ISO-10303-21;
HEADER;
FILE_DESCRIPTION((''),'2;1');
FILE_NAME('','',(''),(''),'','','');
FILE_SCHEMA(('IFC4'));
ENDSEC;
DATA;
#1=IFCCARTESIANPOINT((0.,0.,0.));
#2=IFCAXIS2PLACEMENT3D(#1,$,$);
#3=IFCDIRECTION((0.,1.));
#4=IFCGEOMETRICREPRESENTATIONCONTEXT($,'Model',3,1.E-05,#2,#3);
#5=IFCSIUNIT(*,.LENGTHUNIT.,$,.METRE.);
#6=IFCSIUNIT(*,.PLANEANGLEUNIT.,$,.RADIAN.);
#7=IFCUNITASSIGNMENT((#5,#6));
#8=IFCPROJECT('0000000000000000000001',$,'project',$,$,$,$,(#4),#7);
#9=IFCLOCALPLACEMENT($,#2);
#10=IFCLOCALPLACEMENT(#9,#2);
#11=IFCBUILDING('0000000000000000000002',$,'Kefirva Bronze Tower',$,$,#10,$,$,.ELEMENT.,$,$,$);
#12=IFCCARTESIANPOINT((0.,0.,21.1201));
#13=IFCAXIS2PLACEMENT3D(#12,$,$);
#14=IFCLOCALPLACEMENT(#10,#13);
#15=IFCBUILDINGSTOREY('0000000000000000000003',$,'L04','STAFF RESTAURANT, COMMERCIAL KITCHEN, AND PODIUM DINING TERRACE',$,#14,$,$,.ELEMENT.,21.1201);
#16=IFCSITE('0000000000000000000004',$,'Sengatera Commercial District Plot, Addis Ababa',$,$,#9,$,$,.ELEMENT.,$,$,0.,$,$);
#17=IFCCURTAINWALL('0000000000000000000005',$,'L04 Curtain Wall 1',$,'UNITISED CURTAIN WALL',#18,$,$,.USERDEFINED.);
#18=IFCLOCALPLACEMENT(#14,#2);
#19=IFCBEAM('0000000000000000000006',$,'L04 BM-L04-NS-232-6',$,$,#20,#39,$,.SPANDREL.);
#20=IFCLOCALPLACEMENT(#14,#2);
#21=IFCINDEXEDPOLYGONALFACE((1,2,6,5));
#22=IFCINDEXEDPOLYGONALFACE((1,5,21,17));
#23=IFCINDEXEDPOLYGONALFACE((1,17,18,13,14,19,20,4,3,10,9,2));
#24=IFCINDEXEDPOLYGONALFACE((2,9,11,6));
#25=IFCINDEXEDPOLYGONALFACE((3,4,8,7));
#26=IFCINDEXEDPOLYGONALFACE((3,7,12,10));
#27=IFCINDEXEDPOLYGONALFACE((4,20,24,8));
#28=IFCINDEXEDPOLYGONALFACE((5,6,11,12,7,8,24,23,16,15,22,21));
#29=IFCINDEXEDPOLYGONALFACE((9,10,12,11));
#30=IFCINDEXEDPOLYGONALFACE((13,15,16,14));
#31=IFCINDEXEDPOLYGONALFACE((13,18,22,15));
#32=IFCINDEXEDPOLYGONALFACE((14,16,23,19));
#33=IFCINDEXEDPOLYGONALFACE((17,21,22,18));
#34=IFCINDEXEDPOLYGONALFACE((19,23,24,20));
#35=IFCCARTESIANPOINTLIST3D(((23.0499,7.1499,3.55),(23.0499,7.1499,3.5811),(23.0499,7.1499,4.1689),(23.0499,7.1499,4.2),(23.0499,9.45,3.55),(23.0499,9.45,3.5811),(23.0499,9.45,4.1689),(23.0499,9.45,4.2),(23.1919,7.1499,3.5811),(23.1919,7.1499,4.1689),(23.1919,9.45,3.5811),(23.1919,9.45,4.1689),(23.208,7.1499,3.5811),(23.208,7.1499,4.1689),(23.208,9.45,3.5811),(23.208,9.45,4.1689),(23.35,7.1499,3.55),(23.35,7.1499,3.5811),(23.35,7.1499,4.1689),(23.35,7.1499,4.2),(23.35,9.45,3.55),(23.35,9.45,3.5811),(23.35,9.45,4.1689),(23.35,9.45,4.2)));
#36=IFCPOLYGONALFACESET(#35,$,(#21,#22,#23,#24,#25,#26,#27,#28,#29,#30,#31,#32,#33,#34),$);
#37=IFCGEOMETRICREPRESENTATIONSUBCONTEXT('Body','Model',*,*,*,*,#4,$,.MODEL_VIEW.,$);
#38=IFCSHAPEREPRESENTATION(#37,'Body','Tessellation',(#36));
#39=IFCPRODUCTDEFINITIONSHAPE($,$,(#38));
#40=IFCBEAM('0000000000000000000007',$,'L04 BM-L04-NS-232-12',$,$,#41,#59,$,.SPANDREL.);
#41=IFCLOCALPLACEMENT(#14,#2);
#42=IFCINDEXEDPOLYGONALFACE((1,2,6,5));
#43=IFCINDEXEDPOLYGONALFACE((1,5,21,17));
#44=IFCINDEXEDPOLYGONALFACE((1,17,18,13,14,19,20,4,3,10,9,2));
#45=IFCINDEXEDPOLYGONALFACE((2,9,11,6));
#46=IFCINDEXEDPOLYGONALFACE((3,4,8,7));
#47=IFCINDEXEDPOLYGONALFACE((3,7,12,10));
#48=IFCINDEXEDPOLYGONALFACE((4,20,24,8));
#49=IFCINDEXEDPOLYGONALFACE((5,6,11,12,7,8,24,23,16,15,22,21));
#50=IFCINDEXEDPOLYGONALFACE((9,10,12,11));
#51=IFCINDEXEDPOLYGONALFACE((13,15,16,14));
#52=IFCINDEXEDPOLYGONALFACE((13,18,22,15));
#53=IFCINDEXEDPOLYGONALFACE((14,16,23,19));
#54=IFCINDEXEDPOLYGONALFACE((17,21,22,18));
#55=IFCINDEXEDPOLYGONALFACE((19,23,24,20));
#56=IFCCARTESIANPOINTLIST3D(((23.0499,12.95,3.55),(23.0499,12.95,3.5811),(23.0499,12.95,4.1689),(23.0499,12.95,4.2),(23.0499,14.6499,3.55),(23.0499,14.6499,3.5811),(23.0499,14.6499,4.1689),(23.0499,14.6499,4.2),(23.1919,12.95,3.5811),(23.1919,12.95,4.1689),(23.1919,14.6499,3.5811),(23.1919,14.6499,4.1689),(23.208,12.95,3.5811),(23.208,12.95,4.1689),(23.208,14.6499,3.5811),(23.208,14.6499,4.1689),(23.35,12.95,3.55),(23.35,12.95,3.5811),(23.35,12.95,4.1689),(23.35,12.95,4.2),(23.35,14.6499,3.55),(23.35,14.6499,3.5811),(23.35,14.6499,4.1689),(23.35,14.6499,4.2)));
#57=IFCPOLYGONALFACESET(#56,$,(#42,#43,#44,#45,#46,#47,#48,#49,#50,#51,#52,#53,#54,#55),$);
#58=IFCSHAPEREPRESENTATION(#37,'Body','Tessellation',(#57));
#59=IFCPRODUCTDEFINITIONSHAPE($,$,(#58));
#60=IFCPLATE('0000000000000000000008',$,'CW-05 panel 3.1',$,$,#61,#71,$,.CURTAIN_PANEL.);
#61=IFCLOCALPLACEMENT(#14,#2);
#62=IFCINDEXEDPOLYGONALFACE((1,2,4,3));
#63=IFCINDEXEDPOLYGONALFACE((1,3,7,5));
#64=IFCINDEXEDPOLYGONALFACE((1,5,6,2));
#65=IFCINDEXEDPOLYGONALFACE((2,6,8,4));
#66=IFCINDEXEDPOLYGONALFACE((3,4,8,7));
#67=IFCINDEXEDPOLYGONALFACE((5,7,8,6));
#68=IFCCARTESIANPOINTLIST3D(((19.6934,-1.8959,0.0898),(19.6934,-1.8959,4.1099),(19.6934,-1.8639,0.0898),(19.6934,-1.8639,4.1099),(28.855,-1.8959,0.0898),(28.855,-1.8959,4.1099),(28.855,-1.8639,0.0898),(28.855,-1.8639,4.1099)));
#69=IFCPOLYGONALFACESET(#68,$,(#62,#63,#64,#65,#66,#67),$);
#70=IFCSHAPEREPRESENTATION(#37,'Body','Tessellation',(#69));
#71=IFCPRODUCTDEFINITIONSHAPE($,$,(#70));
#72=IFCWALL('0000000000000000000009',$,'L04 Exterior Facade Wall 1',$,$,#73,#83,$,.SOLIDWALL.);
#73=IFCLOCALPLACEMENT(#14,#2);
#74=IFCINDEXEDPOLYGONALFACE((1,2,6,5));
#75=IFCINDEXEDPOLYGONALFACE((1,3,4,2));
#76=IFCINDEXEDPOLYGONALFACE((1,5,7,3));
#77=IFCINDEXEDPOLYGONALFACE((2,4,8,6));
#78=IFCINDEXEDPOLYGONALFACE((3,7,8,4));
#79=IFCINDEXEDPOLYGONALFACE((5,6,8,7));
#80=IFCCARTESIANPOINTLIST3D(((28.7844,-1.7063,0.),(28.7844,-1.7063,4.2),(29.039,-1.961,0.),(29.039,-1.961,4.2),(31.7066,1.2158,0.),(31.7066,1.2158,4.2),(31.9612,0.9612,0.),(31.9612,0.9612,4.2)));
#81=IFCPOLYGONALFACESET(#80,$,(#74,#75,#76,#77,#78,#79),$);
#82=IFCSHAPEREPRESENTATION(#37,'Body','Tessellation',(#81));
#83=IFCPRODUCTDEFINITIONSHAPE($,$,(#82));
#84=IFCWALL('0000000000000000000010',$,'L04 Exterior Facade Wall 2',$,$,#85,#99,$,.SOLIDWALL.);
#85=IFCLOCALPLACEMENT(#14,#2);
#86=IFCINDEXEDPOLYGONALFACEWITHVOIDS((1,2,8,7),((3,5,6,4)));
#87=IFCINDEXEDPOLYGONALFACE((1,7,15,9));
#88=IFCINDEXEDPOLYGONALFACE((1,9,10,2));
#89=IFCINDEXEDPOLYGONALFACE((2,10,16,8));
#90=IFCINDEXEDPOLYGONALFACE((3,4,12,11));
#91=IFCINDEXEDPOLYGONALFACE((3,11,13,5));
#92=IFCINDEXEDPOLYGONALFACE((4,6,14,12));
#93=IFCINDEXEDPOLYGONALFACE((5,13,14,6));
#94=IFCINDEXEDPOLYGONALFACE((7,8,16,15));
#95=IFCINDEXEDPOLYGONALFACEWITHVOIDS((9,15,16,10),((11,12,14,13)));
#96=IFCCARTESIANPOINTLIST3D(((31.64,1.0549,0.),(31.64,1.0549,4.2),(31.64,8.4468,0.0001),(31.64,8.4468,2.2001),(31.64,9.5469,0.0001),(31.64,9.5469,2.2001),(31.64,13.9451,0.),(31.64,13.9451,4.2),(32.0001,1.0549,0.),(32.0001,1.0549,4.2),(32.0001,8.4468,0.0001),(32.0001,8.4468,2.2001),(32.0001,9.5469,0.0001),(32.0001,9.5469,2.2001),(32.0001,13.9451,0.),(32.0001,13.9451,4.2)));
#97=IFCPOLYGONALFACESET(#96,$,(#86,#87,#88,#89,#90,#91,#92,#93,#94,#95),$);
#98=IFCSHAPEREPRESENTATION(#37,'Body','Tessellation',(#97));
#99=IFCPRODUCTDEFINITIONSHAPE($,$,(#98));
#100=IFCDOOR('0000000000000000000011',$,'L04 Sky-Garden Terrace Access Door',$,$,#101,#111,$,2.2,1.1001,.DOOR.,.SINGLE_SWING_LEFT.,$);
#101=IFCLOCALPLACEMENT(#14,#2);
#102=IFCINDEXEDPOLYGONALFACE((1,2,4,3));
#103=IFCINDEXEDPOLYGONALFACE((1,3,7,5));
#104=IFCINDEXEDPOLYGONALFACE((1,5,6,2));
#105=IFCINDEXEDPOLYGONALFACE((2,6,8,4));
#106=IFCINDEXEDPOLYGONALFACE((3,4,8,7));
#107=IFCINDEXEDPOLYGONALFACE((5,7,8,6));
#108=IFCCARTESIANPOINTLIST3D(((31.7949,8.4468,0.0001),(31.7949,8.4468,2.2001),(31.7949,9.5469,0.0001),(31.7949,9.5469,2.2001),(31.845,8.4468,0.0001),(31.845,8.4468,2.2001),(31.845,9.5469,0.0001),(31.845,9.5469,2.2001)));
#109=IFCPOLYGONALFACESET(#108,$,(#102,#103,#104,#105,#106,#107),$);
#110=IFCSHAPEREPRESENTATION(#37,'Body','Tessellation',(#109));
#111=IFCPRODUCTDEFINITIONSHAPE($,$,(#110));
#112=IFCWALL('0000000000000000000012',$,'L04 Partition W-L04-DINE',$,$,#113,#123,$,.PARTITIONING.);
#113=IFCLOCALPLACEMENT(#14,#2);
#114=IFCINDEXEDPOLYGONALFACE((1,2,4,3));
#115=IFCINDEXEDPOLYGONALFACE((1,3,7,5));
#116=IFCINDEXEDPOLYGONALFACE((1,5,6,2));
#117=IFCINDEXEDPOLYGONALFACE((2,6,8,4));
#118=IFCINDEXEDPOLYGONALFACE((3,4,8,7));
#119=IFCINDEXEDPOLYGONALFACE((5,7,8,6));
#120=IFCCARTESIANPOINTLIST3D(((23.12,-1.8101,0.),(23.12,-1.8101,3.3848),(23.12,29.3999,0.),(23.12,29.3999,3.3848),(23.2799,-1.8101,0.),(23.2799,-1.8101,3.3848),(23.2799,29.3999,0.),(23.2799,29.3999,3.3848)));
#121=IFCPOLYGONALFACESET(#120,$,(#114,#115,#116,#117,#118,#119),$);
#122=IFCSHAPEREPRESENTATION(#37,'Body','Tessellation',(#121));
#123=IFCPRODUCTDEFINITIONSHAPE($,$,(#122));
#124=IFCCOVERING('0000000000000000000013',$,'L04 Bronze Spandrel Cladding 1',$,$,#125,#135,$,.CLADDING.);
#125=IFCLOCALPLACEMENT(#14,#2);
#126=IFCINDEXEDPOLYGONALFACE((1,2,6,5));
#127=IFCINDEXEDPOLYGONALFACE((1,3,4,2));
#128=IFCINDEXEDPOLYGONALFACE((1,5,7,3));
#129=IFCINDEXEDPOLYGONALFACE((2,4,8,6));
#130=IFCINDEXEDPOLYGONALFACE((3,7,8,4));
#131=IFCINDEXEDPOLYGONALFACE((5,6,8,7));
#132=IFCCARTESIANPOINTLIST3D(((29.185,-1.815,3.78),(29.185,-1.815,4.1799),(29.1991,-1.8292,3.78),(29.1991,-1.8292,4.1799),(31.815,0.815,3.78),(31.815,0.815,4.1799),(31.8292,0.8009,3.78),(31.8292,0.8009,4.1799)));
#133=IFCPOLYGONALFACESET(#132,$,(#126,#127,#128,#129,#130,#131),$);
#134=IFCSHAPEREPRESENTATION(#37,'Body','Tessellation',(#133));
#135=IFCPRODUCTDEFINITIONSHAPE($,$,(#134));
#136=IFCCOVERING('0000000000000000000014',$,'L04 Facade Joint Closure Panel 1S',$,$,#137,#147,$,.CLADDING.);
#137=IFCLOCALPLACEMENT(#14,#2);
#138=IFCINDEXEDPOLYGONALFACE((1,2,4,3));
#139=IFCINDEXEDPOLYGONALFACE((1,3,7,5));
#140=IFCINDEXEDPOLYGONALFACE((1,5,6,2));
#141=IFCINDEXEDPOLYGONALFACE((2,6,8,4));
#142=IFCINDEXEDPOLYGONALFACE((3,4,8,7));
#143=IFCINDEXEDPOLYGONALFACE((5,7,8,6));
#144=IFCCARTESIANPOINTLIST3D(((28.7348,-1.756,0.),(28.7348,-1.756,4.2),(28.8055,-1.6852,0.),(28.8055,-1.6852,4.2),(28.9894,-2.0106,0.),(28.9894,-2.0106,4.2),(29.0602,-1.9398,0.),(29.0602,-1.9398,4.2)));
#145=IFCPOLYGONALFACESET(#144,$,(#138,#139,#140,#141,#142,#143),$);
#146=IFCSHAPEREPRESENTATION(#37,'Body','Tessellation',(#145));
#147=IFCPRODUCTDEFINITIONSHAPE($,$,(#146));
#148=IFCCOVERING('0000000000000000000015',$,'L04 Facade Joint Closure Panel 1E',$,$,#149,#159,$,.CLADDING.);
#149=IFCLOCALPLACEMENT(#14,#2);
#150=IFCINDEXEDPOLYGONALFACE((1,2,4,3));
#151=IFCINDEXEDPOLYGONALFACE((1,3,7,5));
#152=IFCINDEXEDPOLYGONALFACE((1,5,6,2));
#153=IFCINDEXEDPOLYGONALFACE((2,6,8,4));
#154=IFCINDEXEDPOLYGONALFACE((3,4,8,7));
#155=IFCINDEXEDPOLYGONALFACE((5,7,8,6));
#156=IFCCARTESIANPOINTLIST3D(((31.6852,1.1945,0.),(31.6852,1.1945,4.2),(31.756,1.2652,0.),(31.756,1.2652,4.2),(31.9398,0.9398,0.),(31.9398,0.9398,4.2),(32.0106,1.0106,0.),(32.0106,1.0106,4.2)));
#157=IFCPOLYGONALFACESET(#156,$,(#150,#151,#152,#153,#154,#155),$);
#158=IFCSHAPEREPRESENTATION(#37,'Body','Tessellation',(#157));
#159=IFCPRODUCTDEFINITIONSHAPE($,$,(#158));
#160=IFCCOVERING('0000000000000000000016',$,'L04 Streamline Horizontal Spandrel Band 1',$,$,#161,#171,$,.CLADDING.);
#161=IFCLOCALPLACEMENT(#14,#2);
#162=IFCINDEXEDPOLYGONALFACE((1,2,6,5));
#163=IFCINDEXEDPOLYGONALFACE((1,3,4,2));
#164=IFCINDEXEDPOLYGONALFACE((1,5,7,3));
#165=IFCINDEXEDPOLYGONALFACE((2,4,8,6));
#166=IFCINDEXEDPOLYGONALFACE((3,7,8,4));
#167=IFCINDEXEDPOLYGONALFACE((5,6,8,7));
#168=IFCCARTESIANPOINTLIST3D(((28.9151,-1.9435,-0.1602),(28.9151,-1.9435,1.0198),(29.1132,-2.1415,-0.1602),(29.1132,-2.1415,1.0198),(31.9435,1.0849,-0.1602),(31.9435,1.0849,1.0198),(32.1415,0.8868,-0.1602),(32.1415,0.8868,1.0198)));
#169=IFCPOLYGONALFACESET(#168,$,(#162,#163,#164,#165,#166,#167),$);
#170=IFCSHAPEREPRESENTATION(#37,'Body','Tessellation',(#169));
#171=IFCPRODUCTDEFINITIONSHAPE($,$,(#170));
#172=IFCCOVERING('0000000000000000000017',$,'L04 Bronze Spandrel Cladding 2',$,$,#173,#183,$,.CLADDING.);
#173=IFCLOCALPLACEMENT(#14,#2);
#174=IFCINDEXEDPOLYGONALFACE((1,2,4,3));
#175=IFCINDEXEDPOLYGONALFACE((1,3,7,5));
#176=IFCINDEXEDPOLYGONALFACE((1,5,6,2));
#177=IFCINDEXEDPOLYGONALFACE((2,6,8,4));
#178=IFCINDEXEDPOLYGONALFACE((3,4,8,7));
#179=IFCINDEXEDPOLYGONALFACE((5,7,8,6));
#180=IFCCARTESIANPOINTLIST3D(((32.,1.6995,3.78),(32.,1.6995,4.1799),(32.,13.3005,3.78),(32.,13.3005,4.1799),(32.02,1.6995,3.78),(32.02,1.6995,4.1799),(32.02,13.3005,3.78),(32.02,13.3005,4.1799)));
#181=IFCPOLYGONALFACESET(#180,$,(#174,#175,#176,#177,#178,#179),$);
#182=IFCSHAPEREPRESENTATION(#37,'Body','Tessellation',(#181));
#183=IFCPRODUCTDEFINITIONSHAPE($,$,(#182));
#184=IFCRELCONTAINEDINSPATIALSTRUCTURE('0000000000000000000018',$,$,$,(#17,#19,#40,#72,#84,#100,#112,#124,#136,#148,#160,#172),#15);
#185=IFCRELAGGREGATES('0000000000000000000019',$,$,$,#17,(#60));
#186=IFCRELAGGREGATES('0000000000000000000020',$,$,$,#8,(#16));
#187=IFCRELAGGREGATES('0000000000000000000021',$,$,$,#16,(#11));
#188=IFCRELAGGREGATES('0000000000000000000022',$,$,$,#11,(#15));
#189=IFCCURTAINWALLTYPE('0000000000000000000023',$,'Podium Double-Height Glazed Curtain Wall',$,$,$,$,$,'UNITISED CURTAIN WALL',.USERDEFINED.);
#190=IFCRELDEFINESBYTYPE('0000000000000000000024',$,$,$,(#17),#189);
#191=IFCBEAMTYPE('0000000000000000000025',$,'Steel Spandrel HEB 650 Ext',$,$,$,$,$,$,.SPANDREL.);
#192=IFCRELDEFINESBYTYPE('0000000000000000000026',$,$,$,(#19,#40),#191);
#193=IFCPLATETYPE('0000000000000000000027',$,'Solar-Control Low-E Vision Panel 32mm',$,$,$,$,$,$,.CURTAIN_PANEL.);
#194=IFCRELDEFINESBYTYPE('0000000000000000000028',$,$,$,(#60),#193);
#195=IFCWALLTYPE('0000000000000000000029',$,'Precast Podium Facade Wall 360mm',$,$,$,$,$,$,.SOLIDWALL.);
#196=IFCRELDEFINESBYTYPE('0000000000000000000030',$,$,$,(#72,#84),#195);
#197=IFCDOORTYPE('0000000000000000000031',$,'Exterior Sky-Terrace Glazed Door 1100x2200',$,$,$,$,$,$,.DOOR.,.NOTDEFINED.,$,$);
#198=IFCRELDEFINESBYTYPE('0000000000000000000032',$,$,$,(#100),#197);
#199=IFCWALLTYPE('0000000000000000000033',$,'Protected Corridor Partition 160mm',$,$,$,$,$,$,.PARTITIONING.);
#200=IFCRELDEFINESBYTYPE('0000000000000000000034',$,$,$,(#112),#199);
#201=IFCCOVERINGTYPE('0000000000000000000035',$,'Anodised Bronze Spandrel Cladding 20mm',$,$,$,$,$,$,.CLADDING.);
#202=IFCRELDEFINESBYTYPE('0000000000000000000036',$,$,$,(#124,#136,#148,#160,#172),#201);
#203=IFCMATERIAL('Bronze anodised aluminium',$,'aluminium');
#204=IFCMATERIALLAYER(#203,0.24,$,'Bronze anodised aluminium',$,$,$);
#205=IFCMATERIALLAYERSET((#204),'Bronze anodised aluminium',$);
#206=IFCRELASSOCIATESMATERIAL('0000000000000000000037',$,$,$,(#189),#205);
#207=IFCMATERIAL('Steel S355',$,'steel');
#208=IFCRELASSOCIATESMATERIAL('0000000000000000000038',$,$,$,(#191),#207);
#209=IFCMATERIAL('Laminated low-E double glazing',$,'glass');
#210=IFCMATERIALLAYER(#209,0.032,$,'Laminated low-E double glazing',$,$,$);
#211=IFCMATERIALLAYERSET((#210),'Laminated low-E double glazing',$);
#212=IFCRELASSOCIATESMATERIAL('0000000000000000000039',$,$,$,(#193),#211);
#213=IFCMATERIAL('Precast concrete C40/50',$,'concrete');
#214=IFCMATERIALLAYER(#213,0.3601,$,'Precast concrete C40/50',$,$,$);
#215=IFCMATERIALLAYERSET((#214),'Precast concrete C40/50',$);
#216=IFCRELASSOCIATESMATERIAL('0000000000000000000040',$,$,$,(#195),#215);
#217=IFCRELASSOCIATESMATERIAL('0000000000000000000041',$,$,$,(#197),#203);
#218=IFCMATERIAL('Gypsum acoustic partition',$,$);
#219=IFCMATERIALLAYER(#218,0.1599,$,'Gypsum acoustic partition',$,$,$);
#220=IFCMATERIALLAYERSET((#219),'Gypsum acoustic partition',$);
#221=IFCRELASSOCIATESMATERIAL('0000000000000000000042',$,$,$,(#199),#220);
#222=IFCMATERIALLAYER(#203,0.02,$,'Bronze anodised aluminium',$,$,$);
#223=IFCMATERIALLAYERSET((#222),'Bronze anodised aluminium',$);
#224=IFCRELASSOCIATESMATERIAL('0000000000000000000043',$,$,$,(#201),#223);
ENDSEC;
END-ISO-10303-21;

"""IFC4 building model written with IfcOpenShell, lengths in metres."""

from ifc_helpers import new_model, si_unit, direction, frame, frame_2d, origin, origin_2d, place, context, subcontext, project, spatial, rectangle, i_section, extrude, material, layer, layer_set, material_profile, profile_set, type_object, element, fill, aggregate, save


model = new_model("IFC4")

# Units and contexts
model_context = context("Model", 3, precision=1e-05, world=origin(), true_north=direction((0.0, 1.0)))
body_context = subcontext(model_context, "Body", "Model", "MODEL_VIEW")
ifc_project = project(units=[si_unit("LENGTHUNIT", "METRE"), si_unit("PLANEANGLEUNIT", "RADIAN")], contexts=[model_context])

# Site, building, storey
site_placement = place(None, origin())
site = spatial("IfcSite", under=ifc_project, at=site_placement, Name="Sengatera Commercial District Plot, Addis Ababa", CompositionType="ELEMENT", RefElevation=0.0)
building_placement = place(site_placement, origin())
building = spatial("IfcBuilding", under=site, at=building_placement, Name="Kefirva Bronze Tower", CompositionType="ELEMENT")
storey_placement = place(building_placement, frame((0.0, 0.0, 21.1201)))
storey = spatial("IfcBuildingStorey", under=building, at=storey_placement, Name="L04", Description="STAFF RESTAURANT, COMMERCIAL KITCHEN, AND PODIUM DINING TERRACE", CompositionType="ELEMENT", Elevation=21.1201)

# Curtain wall
ifc_material_1 = material(Name="Bronze anodised aluminium", Category="aluminium")
ifc_layer_1 = layer(ifc_material_1, 0.24, Name="Bronze anodised aluminium")
ifc_layer_set_1 = layer_set([ifc_layer_1], Name="Bronze anodised aluminium")
curtain_wall_type = type_object("IfcCurtainWallType", Name="Podium Double-Height Glazed Curtain Wall", ElementType="UNITISED CURTAIN WALL", PredefinedType="USERDEFINED", material=ifc_layer_set_1)
curtain_wall_placement = place(storey_placement, origin())
curtain_wall = element("IfcCurtainWall", 1, at=curtain_wall_placement, inside=storey, type_object=curtain_wall_type, Name="L04 Curtain Wall 1", ObjectType="UNITISED CURTAIN WALL", PredefinedType="USERDEFINED")

# Beams
ifc_material_2 = material(Name="Steel S355", Category="steel")
ifc_material_profile_1 = material_profile(ifc_material_2, i_section(OverallWidth=0.3, OverallDepth=0.6499, WebThickness=0.0161, FlangeThickness=0.031, at=origin_2d()), Name="HEB 650")
ifc_profile_set_1 = profile_set([ifc_material_profile_1], Name="Steel S355")
beam_type_1 = type_object("IfcBeamType", Name="Steel Spandrel HEB 650 Ext", PredefinedType="SPANDREL", material=ifc_profile_set_1)
beam_1_placement = place(storey_placement, frame((23.2, 7.1499, 3.875), z_axis=(0.0, 1.0, 0.0), x_axis=(-1.0, 0.0, 0.0)))
element("IfcBeam", 2, at=beam_1_placement, inside=storey, type_object=beam_type_1, Name="L04 BM-L04-NS-232-6", PredefinedType="SPANDREL", context=body_context, shape_type="SweptSolid", body=[
    extrude(i_section(OverallWidth=0.3, OverallDepth=0.6499, WebThickness=0.0161, FlangeThickness=0.031, at=origin_2d()), origin(), (0.0, 0.0, 1.0), 2.3),
])
beam_2_placement = place(storey_placement, frame((23.2, 12.95, 3.875), z_axis=(0.0, 1.0, 0.0), x_axis=(-1.0, 0.0, 0.0)))
element("IfcBeam", 3, at=beam_2_placement, inside=storey, type_object=beam_type_1, Name="L04 BM-L04-NS-232-12", PredefinedType="SPANDREL", context=body_context, shape_type="SweptSolid", body=[
    extrude(i_section(OverallWidth=0.3, OverallDepth=0.6499, WebThickness=0.0161, FlangeThickness=0.031, at=origin_2d()), origin(), (0.0, 0.0, 1.0), 1.7),
])

# Plate
ifc_material_3 = material(Name="Laminated low-E double glazing", Category="glass")
ifc_layer_2 = layer(ifc_material_3, 0.032, Name="Laminated low-E double glazing")
ifc_layer_set_2 = layer_set([ifc_layer_2], Name="Laminated low-E double glazing")
plate_type = type_object("IfcPlateType", Name="Solar-Control Low-E Vision Panel 32mm", PredefinedType="CURTAIN_PANEL", material=ifc_layer_set_2)
plate_placement = place(storey_placement, frame((24.2742, -1.8799, 0.0898), z_axis=(0.0, 0.0, 1.0), x_axis=(1.0, 0.0, 0.0)))
plate = element("IfcPlate", 4, at=plate_placement, type_object=plate_type, Name="CW-05 panel 3.1", PredefinedType="CURTAIN_PANEL", context=body_context, shape_type="SweptSolid", body=[
    extrude(rectangle(XDim=9.1616, YDim=0.032, at=origin_2d()), origin(), (0.0, 0.0, 1.0), 4.02),
])
aggregate(curtain_wall, [plate])

# Wall
ifc_material_4 = material(Name="Precast concrete C40/50", Category="concrete")
ifc_layer_3 = layer(ifc_material_4, 0.3601, Name="Precast concrete C40/50")
ifc_layer_set_3 = layer_set([ifc_layer_3], Name="Precast concrete C40/50")
wall_type_1 = type_object("IfcWallType", Name="Precast Podium Facade Wall 360mm", PredefinedType="SOLIDWALL", material=ifc_layer_set_3)
wall_1_placement = place(storey_placement, frame((28.9116, -1.8337, 0.0), z_axis=(0.0, 0.0, 1.0), x_axis=(0.707107, 0.707107, 0.0)))
element("IfcWall", 5, at=wall_1_placement, inside=storey, type_object=wall_type_1, Name="L04 Exterior Facade Wall 1", PredefinedType="SOLIDWALL", context=body_context, shape_type="SweptSolid", body=[
    extrude(rectangle(XDim=4.1326, YDim=0.3601, at=frame_2d((2.0664, 0.0))), origin(), (0.0, 0.0, 1.0), 4.2),
])

# Wall, opening, door
wall_2_placement = place(storey_placement, frame((31.8201, 1.0549, 0.0), z_axis=(0.0, 0.0, 1.0), x_axis=(0.0, 1.0, 0.0)))
wall_2 = element("IfcWall", 6, at=wall_2_placement, inside=storey, type_object=wall_type_1, Name="L04 Exterior Facade Wall 2", PredefinedType="SOLIDWALL", context=body_context, shape_type="SweptSolid", body=[
    extrude(rectangle(XDim=12.8901, YDim=0.3601, at=frame_2d((6.4451, 0.0))), origin(), (0.0, 0.0, 1.0), 4.2),
])
opening_placement = place(wall_2_placement, frame((8.4919, 0.0, 0.0), z_axis=(0.0, 0.0, 1.0), x_axis=(-1.0, 0.0, 0.0)))
opening = element("IfcOpeningElement", 7, at=opening_placement, cuts=wall_2, PredefinedType="OPENING", context=body_context, shape_type="SweptSolid", body=[
    extrude(rectangle(XDim=1.1001, YDim=2.2, at=frame_2d((0.55, 1.1001))), frame((0.0, 0.1899, 0.0), z_axis=(0.0, -1.0, 0.0), x_axis=(1.0, 0.0, 0.0)), (0.0, 0.0, 1.0), 0.3801),
])
door_type = type_object("IfcDoorType", Name="Exterior Sky-Terrace Glazed Door 1100x2200", OperationType="NOTDEFINED", PredefinedType="DOOR", material=ifc_material_1)
door_placement = place(opening_placement, origin())
door = element("IfcDoor", 8, at=door_placement, inside=storey, type_object=door_type, Name="L04 Sky-Garden Terrace Access Door", OperationType="SINGLE_SWING_LEFT", OverallHeight=2.2, OverallWidth=1.1001, PredefinedType="DOOR", context=body_context, shape_type="SweptSolid", body=[
    extrude(rectangle(XDim=1.1001, YDim=2.2, at=frame_2d((0.55, 1.1001))), frame((0.0, 0.0249, 0.0), z_axis=(0.0, -1.0, 0.0), x_axis=(1.0, 0.0, 0.0)), (0.0, 0.0, 1.0), 0.05),
])
fill(opening, door)

# Wall
ifc_material_5 = material(Name="Gypsum acoustic partition")
ifc_layer_4 = layer(ifc_material_5, 0.1599, Name="Gypsum acoustic partition")
ifc_layer_set_4 = layer_set([ifc_layer_4], Name="Gypsum acoustic partition")
wall_type_2 = type_object("IfcWallType", Name="Protected Corridor Partition 160mm", PredefinedType="PARTITIONING", material=ifc_layer_set_4)
wall_3_placement = place(storey_placement, frame((23.2, -1.8101, 0.0), z_axis=(0.0, 0.0, 1.0), x_axis=(0.0, 1.0, 0.0)))
element("IfcWall", 9, at=wall_3_placement, inside=storey, type_object=wall_type_2, Name="L04 Partition W-L04-DINE", PredefinedType="PARTITIONING", context=body_context, shape_type="SweptSolid", body=[
    extrude(rectangle(XDim=31.21, YDim=0.1599, at=frame_2d((15.605, 0.0))), origin(), (0.0, 0.0, 1.0), 3.3848),
])

# Coverings
ifc_layer_5 = layer(ifc_material_1, 0.02, Name="Bronze anodised aluminium")
ifc_layer_set_5 = layer_set([ifc_layer_5], Name="Bronze anodised aluminium")
covering_type_1 = type_object("IfcCoveringType", Name="Anodised Bronze Spandrel Cladding 20mm", PredefinedType="CLADDING", material=ifc_layer_set_5)
covering_1_placement = place(storey_placement, frame((30.5071, -0.5071, 3.78), z_axis=(0.0, 0.0, 1.0), x_axis=(0.707107, 0.707107, 0.0)))
element("IfcCovering", 10, at=covering_1_placement, inside=storey, type_object=covering_type_1, Name="L04 Bronze Spandrel Cladding 1", PredefinedType="CLADDING", context=body_context, shape_type="SweptSolid", body=[
    extrude(rectangle(XDim=3.7195, YDim=0.02, at=origin_2d()), origin(), (0.0, 0.0, 1.0), 0.3999),
])
for number, where, z_axis, x_axis, name in (
    (11, (28.8975, -1.8479, 0.0), (0.0, 0.0, 1.0), (0.707107, 0.707107, 0.0), "L04 Facade Joint Closure Panel 1S"),
    (12, (31.8479, 1.1025, 0.0), (0.0, 0.0, 1.0), (0.707107, 0.707107, 0.0), "L04 Facade Joint Closure Panel 1E"),
):
    element("IfcCovering", number, at=place(storey_placement, frame(where, z_axis=z_axis, x_axis=x_axis)), inside=storey, type_object=covering_type_1, Name=name, PredefinedType="CLADDING", context=body_context, shape_type="SweptSolid", body=[
        extrude(rectangle(XDim=0.1001, YDim=0.3601, at=origin_2d()), origin(), (0.0, 0.0, 1.0), 4.2),
    ])
covering_2_placement = place(storey_placement, frame((30.5283, -0.5283, -0.1602), z_axis=(0.0, 0.0, 1.0), x_axis=(0.707107, 0.707107, 0.0)))
element("IfcCovering", 13, at=covering_2_placement, inside=storey, type_object=covering_type_1, Name="L04 Streamline Horizontal Spandrel Band 1", PredefinedType="CLADDING", context=body_context, shape_type="SweptSolid", body=[
    extrude(rectangle(XDim=4.2827, YDim=0.28, at=origin_2d()), origin(), (0.0, 0.0, 1.0), 1.1799),
])
covering_3_placement = place(storey_placement, frame((32.01, 7.5, 3.78), z_axis=(0.0, 0.0, 1.0), x_axis=(0.0, 1.0, 0.0)))
element("IfcCovering", 14, at=covering_3_placement, inside=storey, type_object=covering_type_1, Name="L04 Bronze Spandrel Cladding 2", PredefinedType="CLADDING", context=body_context, shape_type="SweptSolid", body=[
    extrude(rectangle(XDim=11.6011, YDim=0.02, at=origin_2d()), origin(), (0.0, 0.0, 1.0), 0.3999),
])

save(model, "model.ifc")
